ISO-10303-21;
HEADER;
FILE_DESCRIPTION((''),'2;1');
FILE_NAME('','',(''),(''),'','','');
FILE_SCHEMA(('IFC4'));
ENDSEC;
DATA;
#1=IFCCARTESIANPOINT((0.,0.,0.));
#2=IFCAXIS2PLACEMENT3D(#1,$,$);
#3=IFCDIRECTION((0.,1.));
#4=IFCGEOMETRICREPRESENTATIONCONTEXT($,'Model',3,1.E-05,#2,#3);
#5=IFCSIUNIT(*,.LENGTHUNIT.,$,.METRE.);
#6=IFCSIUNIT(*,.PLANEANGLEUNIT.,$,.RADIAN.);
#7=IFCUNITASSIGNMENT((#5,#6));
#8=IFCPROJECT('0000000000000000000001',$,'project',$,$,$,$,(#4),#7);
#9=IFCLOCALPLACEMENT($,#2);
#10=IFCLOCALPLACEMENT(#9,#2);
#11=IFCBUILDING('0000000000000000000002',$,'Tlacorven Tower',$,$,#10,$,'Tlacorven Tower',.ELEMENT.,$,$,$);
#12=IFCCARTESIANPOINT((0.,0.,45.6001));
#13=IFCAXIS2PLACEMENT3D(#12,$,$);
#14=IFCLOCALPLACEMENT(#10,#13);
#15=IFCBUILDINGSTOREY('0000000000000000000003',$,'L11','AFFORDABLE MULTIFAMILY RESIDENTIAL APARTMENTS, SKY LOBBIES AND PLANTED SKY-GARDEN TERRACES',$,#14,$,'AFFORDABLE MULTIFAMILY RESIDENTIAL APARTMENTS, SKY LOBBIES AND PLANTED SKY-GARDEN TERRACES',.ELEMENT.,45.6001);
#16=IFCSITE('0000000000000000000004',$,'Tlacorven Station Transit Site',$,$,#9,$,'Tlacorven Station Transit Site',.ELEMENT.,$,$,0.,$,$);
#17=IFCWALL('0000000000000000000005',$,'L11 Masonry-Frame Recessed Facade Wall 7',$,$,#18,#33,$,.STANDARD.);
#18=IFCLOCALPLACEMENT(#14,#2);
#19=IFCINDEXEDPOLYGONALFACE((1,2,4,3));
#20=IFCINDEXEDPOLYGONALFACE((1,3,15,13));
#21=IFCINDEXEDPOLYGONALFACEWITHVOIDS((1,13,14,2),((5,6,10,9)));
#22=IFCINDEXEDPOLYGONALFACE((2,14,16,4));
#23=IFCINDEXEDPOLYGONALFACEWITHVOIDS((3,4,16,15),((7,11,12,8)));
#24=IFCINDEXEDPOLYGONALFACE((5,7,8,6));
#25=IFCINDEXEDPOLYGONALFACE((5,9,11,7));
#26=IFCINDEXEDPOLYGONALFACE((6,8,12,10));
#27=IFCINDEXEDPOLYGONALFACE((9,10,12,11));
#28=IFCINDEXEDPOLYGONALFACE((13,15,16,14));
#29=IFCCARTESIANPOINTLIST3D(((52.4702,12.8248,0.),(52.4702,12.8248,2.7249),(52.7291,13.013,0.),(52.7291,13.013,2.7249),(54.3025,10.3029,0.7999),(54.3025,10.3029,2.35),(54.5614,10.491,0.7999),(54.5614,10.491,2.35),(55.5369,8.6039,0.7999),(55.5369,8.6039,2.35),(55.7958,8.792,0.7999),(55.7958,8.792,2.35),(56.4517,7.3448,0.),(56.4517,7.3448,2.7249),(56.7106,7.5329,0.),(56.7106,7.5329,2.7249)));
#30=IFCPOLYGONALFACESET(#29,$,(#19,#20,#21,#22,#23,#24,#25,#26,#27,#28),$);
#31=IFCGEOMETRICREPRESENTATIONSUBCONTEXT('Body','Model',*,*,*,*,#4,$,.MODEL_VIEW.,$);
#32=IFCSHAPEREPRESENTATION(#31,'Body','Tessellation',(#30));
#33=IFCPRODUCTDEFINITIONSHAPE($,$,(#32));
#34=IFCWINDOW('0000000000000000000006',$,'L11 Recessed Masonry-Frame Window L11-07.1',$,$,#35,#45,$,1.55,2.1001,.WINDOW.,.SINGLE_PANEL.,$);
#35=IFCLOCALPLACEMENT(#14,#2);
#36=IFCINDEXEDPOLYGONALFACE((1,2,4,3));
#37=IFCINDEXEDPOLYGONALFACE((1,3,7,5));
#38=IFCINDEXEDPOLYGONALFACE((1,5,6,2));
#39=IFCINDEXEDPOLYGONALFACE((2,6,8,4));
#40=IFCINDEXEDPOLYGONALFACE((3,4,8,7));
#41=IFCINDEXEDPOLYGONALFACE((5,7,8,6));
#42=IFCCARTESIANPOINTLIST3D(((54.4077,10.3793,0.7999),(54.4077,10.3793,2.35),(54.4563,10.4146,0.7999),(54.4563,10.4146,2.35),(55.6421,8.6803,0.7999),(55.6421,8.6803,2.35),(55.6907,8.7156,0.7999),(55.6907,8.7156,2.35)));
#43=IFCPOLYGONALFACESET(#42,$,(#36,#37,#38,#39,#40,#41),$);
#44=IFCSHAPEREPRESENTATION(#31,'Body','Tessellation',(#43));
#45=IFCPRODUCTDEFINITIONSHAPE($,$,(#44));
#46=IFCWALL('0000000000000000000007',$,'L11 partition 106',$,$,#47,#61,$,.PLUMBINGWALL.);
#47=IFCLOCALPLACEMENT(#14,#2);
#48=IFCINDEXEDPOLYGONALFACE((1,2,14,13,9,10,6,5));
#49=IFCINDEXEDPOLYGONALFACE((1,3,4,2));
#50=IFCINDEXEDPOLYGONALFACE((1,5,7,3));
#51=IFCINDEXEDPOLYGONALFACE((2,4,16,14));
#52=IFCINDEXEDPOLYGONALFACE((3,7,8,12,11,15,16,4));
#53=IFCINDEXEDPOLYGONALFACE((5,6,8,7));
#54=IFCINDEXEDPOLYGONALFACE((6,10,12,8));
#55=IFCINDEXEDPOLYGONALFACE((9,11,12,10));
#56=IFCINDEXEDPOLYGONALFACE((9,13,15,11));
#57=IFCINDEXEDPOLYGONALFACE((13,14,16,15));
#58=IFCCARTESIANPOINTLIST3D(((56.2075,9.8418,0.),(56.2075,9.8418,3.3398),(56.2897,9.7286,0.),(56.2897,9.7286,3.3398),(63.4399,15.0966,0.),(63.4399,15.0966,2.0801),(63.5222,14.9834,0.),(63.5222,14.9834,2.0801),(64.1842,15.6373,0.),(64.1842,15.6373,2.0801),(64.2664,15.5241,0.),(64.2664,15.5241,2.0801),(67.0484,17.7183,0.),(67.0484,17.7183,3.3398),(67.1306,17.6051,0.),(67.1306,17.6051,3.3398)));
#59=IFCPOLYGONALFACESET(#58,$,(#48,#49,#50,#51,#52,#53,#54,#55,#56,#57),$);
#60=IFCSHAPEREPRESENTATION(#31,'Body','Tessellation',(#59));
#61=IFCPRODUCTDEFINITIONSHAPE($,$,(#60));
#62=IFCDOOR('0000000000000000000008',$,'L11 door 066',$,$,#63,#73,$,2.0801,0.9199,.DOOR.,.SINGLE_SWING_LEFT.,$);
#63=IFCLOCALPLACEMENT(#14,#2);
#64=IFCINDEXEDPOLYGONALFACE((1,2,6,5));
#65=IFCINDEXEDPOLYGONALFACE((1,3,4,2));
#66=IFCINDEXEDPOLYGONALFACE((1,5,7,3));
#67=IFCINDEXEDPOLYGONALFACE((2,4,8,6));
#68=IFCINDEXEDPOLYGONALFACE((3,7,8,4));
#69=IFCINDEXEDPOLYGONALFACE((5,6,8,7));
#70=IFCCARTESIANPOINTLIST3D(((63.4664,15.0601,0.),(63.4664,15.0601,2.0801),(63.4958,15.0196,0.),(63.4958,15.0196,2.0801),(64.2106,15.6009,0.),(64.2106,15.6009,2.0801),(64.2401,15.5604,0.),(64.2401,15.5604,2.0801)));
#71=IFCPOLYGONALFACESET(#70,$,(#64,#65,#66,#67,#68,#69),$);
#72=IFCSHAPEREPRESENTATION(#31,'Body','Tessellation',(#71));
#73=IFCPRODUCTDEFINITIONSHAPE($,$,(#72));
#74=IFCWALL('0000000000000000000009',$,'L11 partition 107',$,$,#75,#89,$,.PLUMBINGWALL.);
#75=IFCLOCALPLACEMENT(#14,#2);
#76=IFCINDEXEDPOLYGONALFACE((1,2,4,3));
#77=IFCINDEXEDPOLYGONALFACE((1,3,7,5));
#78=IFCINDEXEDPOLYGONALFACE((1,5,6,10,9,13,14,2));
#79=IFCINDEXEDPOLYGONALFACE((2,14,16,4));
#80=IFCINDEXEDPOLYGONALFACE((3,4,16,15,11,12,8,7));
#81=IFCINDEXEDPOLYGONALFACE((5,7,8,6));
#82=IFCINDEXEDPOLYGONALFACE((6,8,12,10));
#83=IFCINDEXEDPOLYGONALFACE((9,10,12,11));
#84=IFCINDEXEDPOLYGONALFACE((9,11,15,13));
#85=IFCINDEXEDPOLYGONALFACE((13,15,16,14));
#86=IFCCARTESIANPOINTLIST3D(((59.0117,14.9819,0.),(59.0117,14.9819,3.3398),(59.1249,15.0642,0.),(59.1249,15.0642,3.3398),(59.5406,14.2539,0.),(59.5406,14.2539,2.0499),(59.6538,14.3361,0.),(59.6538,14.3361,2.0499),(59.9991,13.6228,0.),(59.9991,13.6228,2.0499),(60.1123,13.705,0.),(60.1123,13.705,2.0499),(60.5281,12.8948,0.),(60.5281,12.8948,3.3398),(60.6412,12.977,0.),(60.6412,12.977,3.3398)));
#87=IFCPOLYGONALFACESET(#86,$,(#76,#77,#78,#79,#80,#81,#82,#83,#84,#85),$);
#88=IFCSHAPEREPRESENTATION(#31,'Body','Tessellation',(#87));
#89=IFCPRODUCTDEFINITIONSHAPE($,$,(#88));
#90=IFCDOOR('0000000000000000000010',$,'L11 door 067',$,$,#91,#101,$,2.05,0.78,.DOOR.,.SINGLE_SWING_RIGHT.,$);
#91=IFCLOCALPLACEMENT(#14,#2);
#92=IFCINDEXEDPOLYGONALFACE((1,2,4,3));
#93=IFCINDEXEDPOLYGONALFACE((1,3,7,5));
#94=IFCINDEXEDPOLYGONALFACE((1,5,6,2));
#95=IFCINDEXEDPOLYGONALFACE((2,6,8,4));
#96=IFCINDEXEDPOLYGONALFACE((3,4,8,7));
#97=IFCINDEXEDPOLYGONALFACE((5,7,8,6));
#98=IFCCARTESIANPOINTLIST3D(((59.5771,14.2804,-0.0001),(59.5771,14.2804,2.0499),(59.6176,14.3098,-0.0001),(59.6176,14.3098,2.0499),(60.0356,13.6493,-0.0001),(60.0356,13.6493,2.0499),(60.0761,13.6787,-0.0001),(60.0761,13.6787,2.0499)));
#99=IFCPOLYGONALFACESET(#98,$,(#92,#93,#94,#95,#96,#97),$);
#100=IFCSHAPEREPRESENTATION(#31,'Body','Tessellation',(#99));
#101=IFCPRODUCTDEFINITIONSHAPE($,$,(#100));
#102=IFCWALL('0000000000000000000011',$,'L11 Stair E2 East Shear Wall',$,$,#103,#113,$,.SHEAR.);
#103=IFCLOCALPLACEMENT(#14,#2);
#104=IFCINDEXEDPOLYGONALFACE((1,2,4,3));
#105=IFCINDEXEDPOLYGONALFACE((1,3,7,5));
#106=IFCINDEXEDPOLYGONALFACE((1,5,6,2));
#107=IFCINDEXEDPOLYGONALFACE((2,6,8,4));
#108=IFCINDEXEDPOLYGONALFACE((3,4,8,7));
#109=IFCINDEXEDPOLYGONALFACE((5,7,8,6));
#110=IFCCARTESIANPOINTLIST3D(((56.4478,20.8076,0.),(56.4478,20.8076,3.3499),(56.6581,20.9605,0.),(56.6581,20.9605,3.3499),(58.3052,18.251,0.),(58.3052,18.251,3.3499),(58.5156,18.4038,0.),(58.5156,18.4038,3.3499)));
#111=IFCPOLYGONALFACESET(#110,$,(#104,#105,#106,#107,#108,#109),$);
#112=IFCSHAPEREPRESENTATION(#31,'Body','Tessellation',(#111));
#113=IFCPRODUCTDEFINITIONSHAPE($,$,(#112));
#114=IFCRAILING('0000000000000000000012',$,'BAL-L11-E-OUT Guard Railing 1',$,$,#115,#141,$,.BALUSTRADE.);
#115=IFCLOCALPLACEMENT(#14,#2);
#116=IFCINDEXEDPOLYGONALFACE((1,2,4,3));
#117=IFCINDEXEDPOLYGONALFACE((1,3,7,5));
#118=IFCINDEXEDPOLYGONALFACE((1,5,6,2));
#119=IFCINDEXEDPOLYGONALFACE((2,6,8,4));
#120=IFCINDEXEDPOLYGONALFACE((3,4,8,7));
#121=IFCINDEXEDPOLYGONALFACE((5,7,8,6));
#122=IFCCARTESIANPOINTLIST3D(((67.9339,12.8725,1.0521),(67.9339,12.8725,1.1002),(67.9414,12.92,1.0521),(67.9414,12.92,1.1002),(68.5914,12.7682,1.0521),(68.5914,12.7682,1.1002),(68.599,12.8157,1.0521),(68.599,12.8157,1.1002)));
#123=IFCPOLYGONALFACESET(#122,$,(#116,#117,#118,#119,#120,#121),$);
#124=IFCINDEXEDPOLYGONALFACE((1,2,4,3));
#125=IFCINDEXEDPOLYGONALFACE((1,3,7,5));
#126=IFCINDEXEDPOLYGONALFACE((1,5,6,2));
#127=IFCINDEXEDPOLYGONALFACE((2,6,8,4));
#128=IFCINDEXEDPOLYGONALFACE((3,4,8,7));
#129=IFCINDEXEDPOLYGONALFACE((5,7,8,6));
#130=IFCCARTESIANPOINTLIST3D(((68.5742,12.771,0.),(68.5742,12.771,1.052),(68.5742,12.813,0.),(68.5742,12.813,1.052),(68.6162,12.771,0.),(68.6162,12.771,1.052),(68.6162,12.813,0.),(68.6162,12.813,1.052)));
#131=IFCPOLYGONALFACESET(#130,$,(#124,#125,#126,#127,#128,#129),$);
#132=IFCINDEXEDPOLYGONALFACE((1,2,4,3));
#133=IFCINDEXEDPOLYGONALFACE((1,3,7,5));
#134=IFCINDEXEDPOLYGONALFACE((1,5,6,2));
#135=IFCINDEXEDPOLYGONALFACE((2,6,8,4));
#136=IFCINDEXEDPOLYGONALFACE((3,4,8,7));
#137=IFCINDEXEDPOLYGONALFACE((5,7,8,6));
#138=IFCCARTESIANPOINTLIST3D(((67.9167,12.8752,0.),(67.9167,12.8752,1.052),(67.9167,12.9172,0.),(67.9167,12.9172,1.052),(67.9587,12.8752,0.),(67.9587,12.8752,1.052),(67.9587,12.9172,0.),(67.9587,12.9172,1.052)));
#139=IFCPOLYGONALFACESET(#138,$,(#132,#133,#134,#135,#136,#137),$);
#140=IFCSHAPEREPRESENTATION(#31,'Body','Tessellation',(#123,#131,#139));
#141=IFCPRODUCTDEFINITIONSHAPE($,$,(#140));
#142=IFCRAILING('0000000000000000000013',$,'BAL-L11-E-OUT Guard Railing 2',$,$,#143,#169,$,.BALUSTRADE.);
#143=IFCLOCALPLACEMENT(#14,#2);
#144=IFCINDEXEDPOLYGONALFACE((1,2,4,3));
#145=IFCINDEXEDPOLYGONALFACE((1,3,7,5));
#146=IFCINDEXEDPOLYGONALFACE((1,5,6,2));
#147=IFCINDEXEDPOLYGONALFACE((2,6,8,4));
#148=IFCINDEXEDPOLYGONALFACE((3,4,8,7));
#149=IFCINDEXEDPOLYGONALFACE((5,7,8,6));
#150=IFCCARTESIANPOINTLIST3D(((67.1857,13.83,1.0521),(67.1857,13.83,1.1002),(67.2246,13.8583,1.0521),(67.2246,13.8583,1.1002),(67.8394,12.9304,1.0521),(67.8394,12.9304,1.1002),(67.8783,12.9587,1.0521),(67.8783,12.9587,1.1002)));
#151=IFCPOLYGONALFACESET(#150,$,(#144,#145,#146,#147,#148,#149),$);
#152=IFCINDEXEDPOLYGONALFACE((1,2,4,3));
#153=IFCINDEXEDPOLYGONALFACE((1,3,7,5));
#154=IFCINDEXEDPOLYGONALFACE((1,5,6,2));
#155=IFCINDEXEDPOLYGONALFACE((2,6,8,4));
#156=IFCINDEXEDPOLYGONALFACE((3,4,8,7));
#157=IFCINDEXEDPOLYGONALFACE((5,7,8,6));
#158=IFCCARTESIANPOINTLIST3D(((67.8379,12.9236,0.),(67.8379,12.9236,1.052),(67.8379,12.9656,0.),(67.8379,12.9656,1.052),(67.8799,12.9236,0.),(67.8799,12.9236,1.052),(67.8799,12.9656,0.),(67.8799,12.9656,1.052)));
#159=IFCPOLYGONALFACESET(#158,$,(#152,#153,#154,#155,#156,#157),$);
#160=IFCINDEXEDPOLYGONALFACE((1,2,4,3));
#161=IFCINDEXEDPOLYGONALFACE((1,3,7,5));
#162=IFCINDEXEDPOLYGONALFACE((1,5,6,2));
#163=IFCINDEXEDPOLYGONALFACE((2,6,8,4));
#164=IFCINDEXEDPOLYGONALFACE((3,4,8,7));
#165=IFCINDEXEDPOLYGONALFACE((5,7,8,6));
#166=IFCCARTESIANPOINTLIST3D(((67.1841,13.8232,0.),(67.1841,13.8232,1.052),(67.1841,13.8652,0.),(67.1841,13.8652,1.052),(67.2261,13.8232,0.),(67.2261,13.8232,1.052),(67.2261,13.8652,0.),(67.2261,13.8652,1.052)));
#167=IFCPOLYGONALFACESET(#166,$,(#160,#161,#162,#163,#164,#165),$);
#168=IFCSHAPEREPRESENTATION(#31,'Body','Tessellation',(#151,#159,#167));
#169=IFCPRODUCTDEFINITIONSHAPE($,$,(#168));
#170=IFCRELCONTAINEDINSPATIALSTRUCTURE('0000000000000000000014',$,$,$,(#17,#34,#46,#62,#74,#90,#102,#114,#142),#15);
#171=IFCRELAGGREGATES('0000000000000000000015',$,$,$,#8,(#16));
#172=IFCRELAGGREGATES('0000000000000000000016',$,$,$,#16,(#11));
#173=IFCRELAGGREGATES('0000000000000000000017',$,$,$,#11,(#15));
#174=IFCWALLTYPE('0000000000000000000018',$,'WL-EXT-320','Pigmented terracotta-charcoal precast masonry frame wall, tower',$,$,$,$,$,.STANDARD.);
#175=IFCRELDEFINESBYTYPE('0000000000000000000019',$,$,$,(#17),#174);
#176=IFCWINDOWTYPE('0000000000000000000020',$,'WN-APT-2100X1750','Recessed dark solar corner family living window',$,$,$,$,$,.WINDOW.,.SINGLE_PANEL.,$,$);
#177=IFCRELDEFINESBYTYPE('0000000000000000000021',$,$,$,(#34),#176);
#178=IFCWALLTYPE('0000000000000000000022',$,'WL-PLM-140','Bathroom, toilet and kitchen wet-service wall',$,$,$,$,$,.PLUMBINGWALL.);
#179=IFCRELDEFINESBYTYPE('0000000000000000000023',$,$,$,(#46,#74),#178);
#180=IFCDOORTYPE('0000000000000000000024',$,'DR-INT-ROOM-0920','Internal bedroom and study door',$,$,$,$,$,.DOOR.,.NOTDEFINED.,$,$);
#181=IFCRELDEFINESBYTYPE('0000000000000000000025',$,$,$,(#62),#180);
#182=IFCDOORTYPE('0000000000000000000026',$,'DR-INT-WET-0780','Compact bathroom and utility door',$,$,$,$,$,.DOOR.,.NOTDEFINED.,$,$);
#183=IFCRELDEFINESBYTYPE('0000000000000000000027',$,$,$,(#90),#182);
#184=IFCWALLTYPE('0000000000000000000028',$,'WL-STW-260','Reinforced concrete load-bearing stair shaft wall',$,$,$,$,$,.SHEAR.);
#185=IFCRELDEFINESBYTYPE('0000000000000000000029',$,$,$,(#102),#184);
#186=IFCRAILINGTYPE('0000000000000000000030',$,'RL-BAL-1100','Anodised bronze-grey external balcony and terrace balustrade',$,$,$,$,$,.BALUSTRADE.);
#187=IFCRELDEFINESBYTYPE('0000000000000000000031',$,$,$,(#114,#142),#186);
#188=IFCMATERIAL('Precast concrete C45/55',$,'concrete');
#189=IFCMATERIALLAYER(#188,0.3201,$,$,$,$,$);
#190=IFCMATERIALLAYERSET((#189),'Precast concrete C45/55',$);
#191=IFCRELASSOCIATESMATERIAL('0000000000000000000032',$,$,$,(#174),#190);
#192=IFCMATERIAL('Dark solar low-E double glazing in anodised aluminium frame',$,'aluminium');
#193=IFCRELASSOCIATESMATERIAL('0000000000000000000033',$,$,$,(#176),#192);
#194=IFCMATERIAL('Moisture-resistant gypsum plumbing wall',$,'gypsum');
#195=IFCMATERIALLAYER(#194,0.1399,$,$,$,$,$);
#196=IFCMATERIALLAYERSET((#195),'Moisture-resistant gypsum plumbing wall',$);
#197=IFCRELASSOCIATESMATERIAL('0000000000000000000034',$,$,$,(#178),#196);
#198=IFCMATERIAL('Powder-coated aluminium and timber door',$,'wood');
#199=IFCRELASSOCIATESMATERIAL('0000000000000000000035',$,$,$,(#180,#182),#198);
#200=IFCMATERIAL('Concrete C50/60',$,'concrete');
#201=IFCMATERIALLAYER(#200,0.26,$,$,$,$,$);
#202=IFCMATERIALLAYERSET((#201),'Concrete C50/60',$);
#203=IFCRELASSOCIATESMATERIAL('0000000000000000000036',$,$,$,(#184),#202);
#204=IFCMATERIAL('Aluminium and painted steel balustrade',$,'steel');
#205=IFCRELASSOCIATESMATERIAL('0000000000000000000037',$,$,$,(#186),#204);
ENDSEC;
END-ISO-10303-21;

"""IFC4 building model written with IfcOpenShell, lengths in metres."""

from ifc_helpers import new_model, si_unit, direction, frame, frame_2d, origin, origin_2d, place, context, subcontext, project, spatial, rectangle, extrude, source, transform, mapped, material, layer, layer_set, type_object, element, fill, save


model = new_model("IFC4")

# Units and contexts
model_context = context("Model", 3, precision=1e-05, world=origin(), true_north=direction((0.0, 1.0)))
body_context = subcontext(model_context, "Body", "Model", "MODEL_VIEW")
ifc_project = project(units=[si_unit("LENGTHUNIT", "METRE"), si_unit("PLANEANGLEUNIT", "RADIAN")], contexts=[model_context])

# Site, building, storey
site_placement = place(None, origin())
site = spatial("IfcSite", under=ifc_project, at=site_placement, Name="Tlacorven Station Transit Site", LongName="Tlacorven Station Transit Site", CompositionType="ELEMENT", RefElevation=0.0)
building_placement = place(site_placement, origin())
building = spatial("IfcBuilding", under=site, at=building_placement, Name="Tlacorven Tower", LongName="Tlacorven Tower", CompositionType="ELEMENT")
storey_placement = place(building_placement, frame((0.0, 0.0, 45.6001)))
storey = spatial("IfcBuildingStorey", under=building, at=storey_placement, Name="L11", Description="AFFORDABLE MULTIFAMILY RESIDENTIAL APARTMENTS, SKY LOBBIES AND PLANTED SKY-GARDEN TERRACES", LongName="AFFORDABLE MULTIFAMILY RESIDENTIAL APARTMENTS, SKY LOBBIES AND PLANTED SKY-GARDEN TERRACES", CompositionType="ELEMENT", Elevation=45.6001)

# Shared definitions
ifc_material_1 = material(Name="Precast concrete C45/55", Category="concrete")
ifc_layer_1 = layer(ifc_material_1, 0.3201)
ifc_layer_set_1 = layer_set([ifc_layer_1], Name="Precast concrete C45/55")
wall_type_1 = type_object("IfcWallType", Name="WL-EXT-320", Description="Pigmented terracotta-charcoal precast masonry frame wall, tower", PredefinedType="STANDARD", material=ifc_layer_set_1)
ifc_material_2 = material(Name="Powder-coated aluminium and timber door", Category="wood")
ifc_material_3 = material(Name="Dark solar low-E double glazing in anodised aluminium frame", Category="aluminium")

# Wall, opening, window
wall_1_placement = place(storey_placement, frame((56.5811, 7.439, 0.0), z_axis=(0.0, 0.0, 1.0), x_axis=(-0.587786, 0.809017, 0.0)))
wall_1 = element("IfcWall", 1, at=wall_1_placement, inside=storey, type_object=wall_type_1, Name="L11 Masonry-Frame Recessed Facade Wall 7", PredefinedType="STANDARD", context=body_context, shape_type="SweptSolid", body=[
    extrude(rectangle(XDim=6.7737, YDim=0.3201, at=frame_2d((3.3867, 0.0))), origin(), (0.0, 0.0, 1.0), 2.7249),
])
opening_1_placement = place(wall_1_placement, frame((1.5562, 0.0, 0.8)))
opening_1 = element("IfcOpeningElement", 2, at=opening_1_placement, cuts=wall_1, PredefinedType="OPENING", context=body_context, shape_type="SweptSolid", body=[
    extrude(rectangle(XDim=2.1001, YDim=1.55, at=frame_2d((1.05, 0.7749))), frame((0.0, 0.1699, 0.0), z_axis=(0.0, -1.0, 0.0), x_axis=(1.0, 0.0, 0.0)), (0.0, 0.0, 1.0), 0.3401),
])
window_type_1 = type_object("IfcWindowType", Name="WN-APT-2100X1750", Description="Recessed dark solar corner family living window", PartitioningType="SINGLE_PANEL", PredefinedType="WINDOW", material=ifc_material_3)
shared_shape_1 = source(origin(), body_context, "Body", "SweptSolid", [
    extrude(rectangle(XDim=2.1001, YDim=1.55, at=frame_2d((1.05, 0.7749))), frame((0.0, 0.03, 0.0), z_axis=(0.0, -1.0, 0.0), x_axis=(1.0, 0.0, 0.0)), (0.0, 0.0, 1.0), 0.0601),
])
window_1_placement = place(opening_1_placement, origin())
window_1 = element("IfcWindow", 3, at=window_1_placement, inside=storey, type_object=window_type_1, Name="L11 Recessed Masonry-Frame Window L11-07.1", OverallHeight=1.55, OverallWidth=2.1001, PartitioningType="SINGLE_PANEL", PredefinedType="WINDOW", context=body_context, shape_type="MappedRepresentation", body=[
    mapped(shared_shape_1, transform((0.0, 0.0, 0.0), scale=1.0)),
])
fill(opening_1, window_1)

# Walls, openings, doors
ifc_material_4 = material(Name="Moisture-resistant gypsum plumbing wall", Category="gypsum")
ifc_layer_2 = layer(ifc_material_4, 0.1399)
ifc_layer_set_2 = layer_set([ifc_layer_2], Name="Moisture-resistant gypsum plumbing wall")
wall_type_2 = type_object("IfcWallType", Name="WL-PLM-140", Description="Bathroom, toilet and kitchen wet-service wall", PredefinedType="PLUMBINGWALL", material=ifc_layer_set_2)
wall_2_placement = place(storey_placement, frame((56.2485, 9.7852, 0.0), z_axis=(0.0, 0.0, 1.0), x_axis=(0.809012, 0.587792, 0.0)))
wall_2 = element("IfcWall", 4, at=wall_2_placement, inside=storey, type_object=wall_type_2, Name="L11 partition 106", PredefinedType="PLUMBINGWALL", context=body_context, shape_type="SweptSolid", body=[
    extrude(rectangle(XDim=13.4001, YDim=0.1399, at=frame_2d((6.7002, 0.0))), origin(), (0.0, 0.0, 1.0), 3.3398),
])
opening_2_placement = place(wall_2_placement, frame((8.9399, 0.0, 0.0)))
opening_2 = element("IfcOpeningElement", 5, at=opening_2_placement, cuts=wall_2, PredefinedType="OPENING", context=body_context, shape_type="SweptSolid", body=[
    extrude(rectangle(XDim=0.9199, YDim=2.0801, at=frame_2d((0.46, 1.04))), frame((0.0, 0.0801, 0.0), z_axis=(0.0, -1.0, 0.0), x_axis=(1.0, 0.0, 0.0)), (0.0, 0.0, 1.0), 0.1599),
])
door_type_1 = type_object("IfcDoorType", Name="DR-INT-ROOM-0920", Description="Internal bedroom and study door", OperationType="NOTDEFINED", PredefinedType="DOOR", material=ifc_material_2)
shared_shape_2 = source(origin(), body_context, "Body", "SweptSolid", [
    extrude(rectangle(XDim=0.9199, YDim=2.0801, at=frame_2d((0.46, 1.04))), frame((0.0, 0.0249, 0.0), z_axis=(0.0, -1.0, 0.0), x_axis=(1.0, 0.0, 0.0)), (0.0, 0.0, 1.0), 0.05),
])
door_1_placement = place(opening_2_placement, origin())
door_1 = element("IfcDoor", 6, at=door_1_placement, inside=storey, type_object=door_type_1, Name="L11 door 066", OperationType="SINGLE_SWING_LEFT", OverallHeight=2.0801, OverallWidth=0.9199, PredefinedType="DOOR", context=body_context, shape_type="MappedRepresentation", body=[
    mapped(shared_shape_2, transform((0.0, 0.0, 0.0), scale=1.0)),
])
fill(opening_2, door_1)
wall_3_placement = place(storey_placement, frame((60.5847, 12.9358, 0.0), z_axis=(0.0, 0.0, 1.0), x_axis=(-0.587772, 0.809027, 0.0)))
wall_3 = element("IfcWall", 7, at=wall_3_placement, inside=storey, type_object=wall_type_2, Name="L11 partition 107", PredefinedType="PLUMBINGWALL", context=body_context, shape_type="SweptSolid", body=[
    extrude(rectangle(XDim=2.5798, YDim=0.1399, at=frame_2d((1.29, 0.0))), origin(), (0.0, 0.0, 1.0), 3.3398),
])
opening_3_placement = place(wall_3_placement, frame((0.8999, 0.0, 0.0)))
opening_3 = element("IfcOpeningElement", 8, at=opening_3_placement, cuts=wall_3, PredefinedType="OPENING", context=body_context, shape_type="SweptSolid", body=[
    extrude(rectangle(XDim=0.78, YDim=2.05, at=frame_2d((0.3901, 1.0249))), frame((0.0, 0.0801, 0.0), z_axis=(0.0, -1.0, 0.0), x_axis=(1.0, 0.0, 0.0)), (0.0, 0.0, 1.0), 0.1599),
])
door_type_2 = type_object("IfcDoorType", Name="DR-INT-WET-0780", Description="Compact bathroom and utility door", OperationType="NOTDEFINED", PredefinedType="DOOR", material=ifc_material_2)
shared_shape_3 = source(origin(), body_context, "Body", "SweptSolid", [
    extrude(rectangle(XDim=0.78, YDim=2.05, at=frame_2d((0.3901, 1.0249))), frame((0.0, 0.0249, 0.0), z_axis=(0.0, -1.0, 0.0), x_axis=(1.0, 0.0, 0.0)), (0.0, 0.0, 1.0), 0.05),
])
door_2_placement = place(opening_3_placement, origin())
door_2 = element("IfcDoor", 9, at=door_2_placement, inside=storey, type_object=door_type_2, Name="L11 door 067", OperationType="SINGLE_SWING_RIGHT", OverallHeight=2.05, OverallWidth=0.78, PredefinedType="DOOR", context=body_context, shape_type="MappedRepresentation", body=[
    mapped(shared_shape_3, transform((0.0, 0.0, 0.0), scale=1.0)),
])
fill(opening_3, door_2)

# Wall
ifc_material_5 = material(Name="Concrete C50/60", Category="concrete")
ifc_layer_3 = layer(ifc_material_5, 0.26)
ifc_layer_set_3 = layer_set([ifc_layer_3], Name="Concrete C50/60")
wall_type_3 = type_object("IfcWallType", Name="WL-STW-260", Description="Reinforced concrete load-bearing stair shaft wall", PredefinedType="SHEAR", material=ifc_layer_set_3)
wall_4_placement = place(storey_placement, frame((58.4104, 18.3274, 0.0), z_axis=(0.0, 0.0, 1.0), x_axis=(-0.587767, 0.80903, 0.0)))
element("IfcWall", 10, at=wall_4_placement, inside=storey, type_object=wall_type_3, Name="L11 Stair E2 East Shear Wall", PredefinedType="SHEAR", context=body_context, shape_type="SweptSolid", body=[
    extrude(rectangle(XDim=3.1602, YDim=0.26, at=frame_2d((1.5801, 0.0))), origin(), (0.0, 0.0, 1.0), 3.3499),
])

# Railings
ifc_material_6 = material(Name="Aluminium and painted steel balustrade", Category="steel")
railing_type = type_object("IfcRailingType", Name="RL-BAL-1100", Description="Anodised bronze-grey external balcony and terrace balustrade", PredefinedType="BALUSTRADE", material=ifc_material_6)
shared_shape_4 = source(origin(), body_context, "Body", "SweptSolid", [
    extrude(rectangle(XDim=0.0481, YDim=0.0481, at=origin_2d()), frame((0.0, 0.0, 1.0762), z_axis=(-0.987662, 0.156603, 0.0), x_axis=(-0.156603, -0.987662, 0.0)), (0.0, 0.0, 1.0), 0.6658),
    extrude(rectangle(XDim=0.042, YDim=0.042, at=origin_2d()), origin(), (0.0, 0.0, 1.0), 1.052),
    extrude(rectangle(XDim=0.042, YDim=0.042, at=origin_2d()), frame((-0.6575, 0.1042, 0.0)), (0.0, 0.0, 1.0), 1.052),
])
railing_1_placement = place(storey_placement, frame((68.5952, 12.792, 0.0)))
element("IfcRailing", 11, at=railing_1_placement, inside=storey, type_object=railing_type, Name="BAL-L11-E-OUT Guard Railing 1", PredefinedType="BALUSTRADE", context=body_context, shape_type="MappedRepresentation", body=[
    mapped(shared_shape_4, transform((0.0, 0.0, 0.0), scale=1.0)),
])
shared_shape_5 = source(origin(), body_context, "Body", "SweptSolid", [
    extrude(rectangle(XDim=0.0481, YDim=0.0481, at=origin_2d()), frame((0.0, 0.0, 1.0762), z_axis=(-0.587884, 0.808945, 0.0), x_axis=(-0.808945, -0.587884, 0.0)), (0.0, 0.0, 1.0), 1.1121),
    extrude(rectangle(XDim=0.042, YDim=0.042, at=origin_2d()), origin(), (0.0, 0.0, 1.0), 1.052),
    extrude(rectangle(XDim=0.042, YDim=0.042, at=origin_2d()), frame((-0.6538, 0.8997, 0.0)), (0.0, 0.0, 1.0), 1.052),
])
railing_2_placement = place(storey_placement, frame((67.8589, 12.9446, 0.0)))
element("IfcRailing", 12, at=railing_2_placement, inside=storey, type_object=railing_type, Name="BAL-L11-E-OUT Guard Railing 2", PredefinedType="BALUSTRADE", context=body_context, shape_type="MappedRepresentation", body=[
    mapped(shared_shape_5, transform((0.0, 0.0, 0.0), scale=1.0)),
])

save(model, "model.ifc")
